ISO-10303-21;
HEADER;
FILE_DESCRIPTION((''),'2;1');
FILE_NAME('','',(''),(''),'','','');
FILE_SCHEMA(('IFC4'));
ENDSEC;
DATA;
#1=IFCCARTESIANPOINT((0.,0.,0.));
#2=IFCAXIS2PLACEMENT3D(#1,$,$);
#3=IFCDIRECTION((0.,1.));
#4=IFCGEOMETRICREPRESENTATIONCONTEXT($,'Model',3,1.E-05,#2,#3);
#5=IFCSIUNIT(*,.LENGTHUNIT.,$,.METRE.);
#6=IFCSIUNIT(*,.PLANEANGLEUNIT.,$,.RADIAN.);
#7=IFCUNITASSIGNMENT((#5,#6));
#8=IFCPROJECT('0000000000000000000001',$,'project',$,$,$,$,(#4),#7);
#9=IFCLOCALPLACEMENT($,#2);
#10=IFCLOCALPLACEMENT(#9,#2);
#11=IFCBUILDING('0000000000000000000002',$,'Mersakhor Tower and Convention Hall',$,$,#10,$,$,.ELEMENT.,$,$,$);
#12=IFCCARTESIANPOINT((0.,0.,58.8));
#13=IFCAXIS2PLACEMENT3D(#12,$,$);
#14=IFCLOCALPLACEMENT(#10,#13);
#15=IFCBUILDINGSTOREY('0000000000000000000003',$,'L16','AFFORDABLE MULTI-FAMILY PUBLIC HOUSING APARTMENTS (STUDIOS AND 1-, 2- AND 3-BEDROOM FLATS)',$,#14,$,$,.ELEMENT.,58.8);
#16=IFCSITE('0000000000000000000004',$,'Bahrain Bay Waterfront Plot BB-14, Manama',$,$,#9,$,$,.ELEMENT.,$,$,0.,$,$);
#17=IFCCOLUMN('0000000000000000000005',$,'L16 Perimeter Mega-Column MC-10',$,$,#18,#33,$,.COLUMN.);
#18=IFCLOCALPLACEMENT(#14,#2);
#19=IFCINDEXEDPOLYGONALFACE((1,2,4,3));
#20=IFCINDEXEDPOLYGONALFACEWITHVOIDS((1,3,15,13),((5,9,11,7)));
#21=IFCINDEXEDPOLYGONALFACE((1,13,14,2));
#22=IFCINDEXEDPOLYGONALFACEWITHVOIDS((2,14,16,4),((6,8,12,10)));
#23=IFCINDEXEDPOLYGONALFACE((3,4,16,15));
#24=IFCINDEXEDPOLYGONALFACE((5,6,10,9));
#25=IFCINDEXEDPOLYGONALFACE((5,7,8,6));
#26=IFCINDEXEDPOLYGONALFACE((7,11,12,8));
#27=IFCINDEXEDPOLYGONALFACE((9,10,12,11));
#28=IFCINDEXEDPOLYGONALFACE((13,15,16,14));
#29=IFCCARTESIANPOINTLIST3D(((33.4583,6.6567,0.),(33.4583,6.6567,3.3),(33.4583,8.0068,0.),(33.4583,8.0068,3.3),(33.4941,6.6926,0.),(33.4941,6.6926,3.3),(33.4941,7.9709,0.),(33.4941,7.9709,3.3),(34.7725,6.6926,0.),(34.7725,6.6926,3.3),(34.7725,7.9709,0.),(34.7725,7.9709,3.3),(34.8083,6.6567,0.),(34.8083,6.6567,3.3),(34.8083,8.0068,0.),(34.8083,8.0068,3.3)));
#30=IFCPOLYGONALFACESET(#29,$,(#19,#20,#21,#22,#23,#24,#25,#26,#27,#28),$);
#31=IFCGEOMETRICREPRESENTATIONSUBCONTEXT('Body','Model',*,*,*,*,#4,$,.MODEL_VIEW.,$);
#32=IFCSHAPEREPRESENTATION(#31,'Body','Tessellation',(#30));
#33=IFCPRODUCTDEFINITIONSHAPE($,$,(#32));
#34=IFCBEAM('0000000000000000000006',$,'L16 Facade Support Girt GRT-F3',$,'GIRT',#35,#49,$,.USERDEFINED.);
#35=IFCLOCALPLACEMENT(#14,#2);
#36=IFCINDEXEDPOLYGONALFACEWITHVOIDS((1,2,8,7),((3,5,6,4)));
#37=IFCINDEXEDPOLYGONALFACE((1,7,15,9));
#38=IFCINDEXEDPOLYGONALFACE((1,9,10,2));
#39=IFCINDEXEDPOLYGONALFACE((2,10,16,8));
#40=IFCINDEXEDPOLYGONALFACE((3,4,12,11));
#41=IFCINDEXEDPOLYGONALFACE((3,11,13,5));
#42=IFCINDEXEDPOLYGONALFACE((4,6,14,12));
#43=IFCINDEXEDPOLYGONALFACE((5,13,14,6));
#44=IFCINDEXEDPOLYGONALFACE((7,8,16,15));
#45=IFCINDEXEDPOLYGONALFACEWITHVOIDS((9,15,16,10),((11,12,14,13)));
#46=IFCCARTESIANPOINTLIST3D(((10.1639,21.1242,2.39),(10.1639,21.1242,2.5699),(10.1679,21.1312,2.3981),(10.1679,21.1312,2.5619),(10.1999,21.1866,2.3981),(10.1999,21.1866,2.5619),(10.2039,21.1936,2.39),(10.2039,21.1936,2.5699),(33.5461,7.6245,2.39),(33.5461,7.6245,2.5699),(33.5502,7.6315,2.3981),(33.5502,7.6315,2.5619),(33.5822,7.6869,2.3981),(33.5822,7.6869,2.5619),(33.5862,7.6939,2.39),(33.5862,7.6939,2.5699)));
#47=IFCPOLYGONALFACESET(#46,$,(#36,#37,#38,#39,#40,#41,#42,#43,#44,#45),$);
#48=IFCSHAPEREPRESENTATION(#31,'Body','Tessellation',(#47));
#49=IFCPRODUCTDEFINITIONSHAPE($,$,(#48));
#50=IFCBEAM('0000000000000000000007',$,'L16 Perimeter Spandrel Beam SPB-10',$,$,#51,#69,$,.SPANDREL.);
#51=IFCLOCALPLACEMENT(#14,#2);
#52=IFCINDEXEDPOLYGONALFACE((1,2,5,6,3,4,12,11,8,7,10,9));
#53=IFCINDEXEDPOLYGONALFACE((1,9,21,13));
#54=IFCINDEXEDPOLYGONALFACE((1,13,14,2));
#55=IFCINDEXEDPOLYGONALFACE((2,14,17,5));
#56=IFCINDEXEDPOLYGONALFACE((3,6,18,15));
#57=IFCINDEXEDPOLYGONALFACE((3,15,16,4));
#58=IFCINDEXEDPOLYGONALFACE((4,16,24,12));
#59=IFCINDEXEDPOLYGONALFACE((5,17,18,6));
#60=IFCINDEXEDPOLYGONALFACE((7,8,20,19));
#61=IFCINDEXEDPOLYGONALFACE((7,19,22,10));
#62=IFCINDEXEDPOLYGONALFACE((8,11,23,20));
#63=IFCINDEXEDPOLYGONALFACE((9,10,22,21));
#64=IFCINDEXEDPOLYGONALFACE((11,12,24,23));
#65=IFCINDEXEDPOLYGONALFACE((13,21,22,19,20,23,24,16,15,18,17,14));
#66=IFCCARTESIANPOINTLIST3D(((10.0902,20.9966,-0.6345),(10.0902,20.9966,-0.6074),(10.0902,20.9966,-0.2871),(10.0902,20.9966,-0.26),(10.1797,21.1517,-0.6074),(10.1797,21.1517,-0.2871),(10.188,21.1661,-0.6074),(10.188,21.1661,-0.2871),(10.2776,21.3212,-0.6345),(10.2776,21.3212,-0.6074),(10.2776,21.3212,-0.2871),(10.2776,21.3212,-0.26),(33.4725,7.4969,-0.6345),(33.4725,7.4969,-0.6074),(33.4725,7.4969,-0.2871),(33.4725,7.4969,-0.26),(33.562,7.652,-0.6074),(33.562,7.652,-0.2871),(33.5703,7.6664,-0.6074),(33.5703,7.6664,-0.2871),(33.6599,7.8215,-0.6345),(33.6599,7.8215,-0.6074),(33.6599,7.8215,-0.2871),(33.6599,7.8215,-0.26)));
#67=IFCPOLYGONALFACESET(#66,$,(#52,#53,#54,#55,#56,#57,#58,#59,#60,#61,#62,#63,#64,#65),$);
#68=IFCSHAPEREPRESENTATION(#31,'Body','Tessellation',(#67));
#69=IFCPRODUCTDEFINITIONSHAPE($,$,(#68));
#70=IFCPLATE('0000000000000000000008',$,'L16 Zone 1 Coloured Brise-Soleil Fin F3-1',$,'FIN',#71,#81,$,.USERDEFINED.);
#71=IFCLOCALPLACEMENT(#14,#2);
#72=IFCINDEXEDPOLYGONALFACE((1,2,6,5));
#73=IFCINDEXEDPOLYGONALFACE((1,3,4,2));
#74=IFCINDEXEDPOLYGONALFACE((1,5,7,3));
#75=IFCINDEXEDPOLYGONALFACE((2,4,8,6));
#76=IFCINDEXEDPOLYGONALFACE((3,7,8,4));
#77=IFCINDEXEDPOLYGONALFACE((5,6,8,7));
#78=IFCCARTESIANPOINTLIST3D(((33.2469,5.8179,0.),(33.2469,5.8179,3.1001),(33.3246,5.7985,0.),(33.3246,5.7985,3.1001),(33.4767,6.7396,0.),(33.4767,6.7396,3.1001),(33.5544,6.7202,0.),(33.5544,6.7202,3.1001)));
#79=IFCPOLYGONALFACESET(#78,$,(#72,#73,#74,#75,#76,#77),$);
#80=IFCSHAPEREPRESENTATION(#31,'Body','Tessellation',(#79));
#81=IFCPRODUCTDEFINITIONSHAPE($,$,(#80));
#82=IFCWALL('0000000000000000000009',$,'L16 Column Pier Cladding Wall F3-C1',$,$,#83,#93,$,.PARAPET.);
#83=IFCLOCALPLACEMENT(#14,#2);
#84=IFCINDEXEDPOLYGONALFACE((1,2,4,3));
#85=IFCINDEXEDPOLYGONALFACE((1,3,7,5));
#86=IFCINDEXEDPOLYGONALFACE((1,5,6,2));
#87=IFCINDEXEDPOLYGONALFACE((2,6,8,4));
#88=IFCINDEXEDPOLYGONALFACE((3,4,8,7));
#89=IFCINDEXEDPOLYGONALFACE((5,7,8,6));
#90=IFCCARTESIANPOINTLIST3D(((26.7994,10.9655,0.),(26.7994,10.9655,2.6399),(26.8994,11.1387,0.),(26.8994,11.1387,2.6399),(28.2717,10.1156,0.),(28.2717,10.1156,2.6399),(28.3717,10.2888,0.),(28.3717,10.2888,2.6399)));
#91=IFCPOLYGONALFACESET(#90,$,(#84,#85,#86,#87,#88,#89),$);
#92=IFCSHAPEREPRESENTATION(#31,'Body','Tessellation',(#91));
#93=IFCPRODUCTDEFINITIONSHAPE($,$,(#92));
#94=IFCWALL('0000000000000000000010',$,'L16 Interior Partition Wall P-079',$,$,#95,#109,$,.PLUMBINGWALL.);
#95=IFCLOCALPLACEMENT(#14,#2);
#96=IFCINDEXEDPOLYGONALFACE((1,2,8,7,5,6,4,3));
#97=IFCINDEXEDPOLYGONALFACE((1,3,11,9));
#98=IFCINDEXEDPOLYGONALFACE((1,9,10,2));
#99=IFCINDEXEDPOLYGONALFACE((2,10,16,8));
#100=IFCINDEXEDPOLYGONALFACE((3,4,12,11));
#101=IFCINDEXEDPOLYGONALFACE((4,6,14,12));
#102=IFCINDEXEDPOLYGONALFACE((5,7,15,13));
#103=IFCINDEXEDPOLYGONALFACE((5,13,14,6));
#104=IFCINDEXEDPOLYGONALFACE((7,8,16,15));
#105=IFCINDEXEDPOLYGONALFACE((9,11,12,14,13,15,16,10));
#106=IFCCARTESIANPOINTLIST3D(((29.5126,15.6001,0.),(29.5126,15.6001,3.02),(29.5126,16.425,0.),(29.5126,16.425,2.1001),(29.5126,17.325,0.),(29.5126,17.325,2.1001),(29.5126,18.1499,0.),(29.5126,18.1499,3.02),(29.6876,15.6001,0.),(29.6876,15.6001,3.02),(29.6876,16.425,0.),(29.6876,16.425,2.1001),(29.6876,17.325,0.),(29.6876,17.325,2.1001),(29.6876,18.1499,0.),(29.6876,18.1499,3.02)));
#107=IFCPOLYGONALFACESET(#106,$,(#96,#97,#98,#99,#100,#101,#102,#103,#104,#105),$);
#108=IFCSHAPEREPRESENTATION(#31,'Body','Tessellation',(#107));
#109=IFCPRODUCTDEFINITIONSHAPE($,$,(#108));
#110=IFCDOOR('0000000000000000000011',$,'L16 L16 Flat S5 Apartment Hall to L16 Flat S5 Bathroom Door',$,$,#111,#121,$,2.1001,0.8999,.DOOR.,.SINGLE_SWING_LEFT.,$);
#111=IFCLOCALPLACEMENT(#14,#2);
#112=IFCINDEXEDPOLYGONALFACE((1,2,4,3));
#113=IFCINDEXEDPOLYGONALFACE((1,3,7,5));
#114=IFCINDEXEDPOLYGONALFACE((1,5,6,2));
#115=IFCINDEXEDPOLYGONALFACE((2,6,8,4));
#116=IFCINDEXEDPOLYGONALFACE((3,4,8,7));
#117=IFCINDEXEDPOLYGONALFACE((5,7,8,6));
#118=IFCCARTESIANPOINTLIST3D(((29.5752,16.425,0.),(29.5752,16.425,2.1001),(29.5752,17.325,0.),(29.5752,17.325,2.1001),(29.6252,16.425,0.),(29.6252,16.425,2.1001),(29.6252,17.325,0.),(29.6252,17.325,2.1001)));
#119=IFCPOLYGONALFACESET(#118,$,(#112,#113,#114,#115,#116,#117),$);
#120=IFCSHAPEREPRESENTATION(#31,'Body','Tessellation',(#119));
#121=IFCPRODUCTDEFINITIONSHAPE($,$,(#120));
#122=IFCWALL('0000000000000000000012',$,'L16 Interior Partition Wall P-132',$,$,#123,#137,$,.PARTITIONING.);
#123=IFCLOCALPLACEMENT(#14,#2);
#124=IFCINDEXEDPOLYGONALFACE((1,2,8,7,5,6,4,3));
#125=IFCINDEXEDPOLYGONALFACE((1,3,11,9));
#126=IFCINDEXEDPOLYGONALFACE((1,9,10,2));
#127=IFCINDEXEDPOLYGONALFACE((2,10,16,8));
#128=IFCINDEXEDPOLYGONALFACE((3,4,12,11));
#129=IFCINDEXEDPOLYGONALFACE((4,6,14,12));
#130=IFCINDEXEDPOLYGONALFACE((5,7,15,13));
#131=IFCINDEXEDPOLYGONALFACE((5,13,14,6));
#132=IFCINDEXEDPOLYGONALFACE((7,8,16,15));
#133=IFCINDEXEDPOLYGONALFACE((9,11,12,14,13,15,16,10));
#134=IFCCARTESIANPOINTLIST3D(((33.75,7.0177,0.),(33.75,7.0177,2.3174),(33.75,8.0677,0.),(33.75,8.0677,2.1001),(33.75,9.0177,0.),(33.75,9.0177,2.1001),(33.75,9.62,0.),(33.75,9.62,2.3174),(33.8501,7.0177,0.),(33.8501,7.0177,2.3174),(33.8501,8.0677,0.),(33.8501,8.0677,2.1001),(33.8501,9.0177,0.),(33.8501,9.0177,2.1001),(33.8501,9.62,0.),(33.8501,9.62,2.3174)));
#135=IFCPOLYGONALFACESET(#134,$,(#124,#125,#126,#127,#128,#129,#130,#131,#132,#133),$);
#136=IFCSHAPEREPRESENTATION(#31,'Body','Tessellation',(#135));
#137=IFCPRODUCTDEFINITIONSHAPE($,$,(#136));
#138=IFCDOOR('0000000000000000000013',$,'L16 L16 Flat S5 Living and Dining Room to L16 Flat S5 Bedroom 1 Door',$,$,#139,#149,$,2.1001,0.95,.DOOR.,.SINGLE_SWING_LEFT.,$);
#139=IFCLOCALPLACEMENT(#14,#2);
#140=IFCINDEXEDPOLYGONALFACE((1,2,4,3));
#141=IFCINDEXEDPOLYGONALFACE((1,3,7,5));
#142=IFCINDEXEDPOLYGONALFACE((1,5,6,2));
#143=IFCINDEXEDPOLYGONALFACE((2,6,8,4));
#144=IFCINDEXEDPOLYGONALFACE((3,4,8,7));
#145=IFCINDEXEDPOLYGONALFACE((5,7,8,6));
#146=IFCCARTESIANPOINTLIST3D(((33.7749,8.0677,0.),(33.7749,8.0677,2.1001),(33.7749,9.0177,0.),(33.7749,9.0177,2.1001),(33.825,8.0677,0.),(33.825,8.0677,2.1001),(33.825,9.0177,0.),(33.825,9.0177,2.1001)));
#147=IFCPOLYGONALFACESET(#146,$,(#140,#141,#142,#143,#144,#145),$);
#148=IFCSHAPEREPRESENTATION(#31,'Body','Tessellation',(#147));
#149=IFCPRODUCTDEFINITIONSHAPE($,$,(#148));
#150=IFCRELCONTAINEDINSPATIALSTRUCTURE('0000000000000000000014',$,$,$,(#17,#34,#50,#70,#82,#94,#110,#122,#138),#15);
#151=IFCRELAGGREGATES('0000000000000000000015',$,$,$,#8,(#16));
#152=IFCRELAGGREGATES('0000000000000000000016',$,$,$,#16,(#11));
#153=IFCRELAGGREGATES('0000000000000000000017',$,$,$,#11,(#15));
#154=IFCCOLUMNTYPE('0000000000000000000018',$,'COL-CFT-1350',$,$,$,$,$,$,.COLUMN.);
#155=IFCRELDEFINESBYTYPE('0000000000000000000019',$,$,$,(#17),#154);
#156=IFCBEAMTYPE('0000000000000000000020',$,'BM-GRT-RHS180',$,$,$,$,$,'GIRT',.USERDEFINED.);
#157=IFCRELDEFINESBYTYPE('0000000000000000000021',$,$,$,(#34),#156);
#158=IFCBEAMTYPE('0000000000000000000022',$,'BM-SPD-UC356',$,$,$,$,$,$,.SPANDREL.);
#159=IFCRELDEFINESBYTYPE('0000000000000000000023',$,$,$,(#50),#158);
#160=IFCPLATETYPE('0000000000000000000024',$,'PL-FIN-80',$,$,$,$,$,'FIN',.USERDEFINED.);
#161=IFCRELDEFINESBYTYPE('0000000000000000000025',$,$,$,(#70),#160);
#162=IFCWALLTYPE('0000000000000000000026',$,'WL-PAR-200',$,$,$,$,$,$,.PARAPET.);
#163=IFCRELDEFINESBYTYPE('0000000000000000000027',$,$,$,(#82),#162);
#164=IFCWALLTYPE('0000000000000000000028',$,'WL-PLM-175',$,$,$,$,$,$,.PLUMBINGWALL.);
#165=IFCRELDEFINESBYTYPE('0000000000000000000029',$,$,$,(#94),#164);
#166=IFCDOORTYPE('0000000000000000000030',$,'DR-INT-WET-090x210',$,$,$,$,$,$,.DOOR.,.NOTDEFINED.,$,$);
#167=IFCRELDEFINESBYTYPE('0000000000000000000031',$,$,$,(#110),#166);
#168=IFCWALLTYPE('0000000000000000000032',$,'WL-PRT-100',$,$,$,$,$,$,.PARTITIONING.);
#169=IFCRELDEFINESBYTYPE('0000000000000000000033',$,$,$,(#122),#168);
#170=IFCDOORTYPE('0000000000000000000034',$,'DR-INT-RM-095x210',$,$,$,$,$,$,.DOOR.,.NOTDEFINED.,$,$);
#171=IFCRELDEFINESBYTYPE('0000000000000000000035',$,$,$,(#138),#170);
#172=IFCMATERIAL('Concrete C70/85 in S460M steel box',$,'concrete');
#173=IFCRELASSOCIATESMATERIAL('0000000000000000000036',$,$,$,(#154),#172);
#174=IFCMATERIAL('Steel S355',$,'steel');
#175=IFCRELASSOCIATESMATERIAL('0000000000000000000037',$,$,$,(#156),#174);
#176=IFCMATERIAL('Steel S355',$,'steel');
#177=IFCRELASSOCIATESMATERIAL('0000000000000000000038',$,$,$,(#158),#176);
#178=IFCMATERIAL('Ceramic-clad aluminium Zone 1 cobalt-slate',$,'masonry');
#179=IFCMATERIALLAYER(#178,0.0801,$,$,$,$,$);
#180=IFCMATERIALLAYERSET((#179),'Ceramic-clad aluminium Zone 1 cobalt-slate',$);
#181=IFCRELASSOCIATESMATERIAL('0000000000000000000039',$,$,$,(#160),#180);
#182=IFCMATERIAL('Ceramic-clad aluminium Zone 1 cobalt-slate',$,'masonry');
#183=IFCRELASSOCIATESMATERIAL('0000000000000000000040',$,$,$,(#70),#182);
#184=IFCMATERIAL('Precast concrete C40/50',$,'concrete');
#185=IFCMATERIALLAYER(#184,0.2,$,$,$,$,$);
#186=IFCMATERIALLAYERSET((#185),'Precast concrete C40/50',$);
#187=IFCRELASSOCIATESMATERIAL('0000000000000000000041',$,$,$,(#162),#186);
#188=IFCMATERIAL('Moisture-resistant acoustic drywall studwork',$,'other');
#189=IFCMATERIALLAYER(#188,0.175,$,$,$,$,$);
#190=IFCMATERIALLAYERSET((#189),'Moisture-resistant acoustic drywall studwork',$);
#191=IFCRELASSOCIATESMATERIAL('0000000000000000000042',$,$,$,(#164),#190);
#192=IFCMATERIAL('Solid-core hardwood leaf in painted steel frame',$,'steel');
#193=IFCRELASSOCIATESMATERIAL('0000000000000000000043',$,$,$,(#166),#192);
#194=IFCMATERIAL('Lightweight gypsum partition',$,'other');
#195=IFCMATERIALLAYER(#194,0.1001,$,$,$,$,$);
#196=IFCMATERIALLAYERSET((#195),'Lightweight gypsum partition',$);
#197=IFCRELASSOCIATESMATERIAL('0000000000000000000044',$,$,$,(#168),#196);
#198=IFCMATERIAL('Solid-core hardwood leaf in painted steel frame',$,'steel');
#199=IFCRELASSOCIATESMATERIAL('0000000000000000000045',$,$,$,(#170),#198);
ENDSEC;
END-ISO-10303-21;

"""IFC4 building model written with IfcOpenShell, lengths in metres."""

from ifc_helpers import new_model, si_unit, direction, frame, frame_2d, origin, origin_2d, place, context, subcontext, project, spatial, rectangle, hollow_rectangle, i_section, extrude, material, layer, layer_set, material_profile, profile_set, type_object, element, fill, save


model = new_model("IFC4")

# Units and contexts
model_context = context("Model", 3, precision=1e-05, world=origin(), true_north=direction((0.0, 1.0)))
body_context = subcontext(model_context, "Body", "Model", "MODEL_VIEW")
ifc_project = project(units=[si_unit("LENGTHUNIT", "METRE"), si_unit("PLANEANGLEUNIT", "RADIAN")], contexts=[model_context])

# Site, building, storey
site_placement = place(None, origin())
site = spatial("IfcSite", under=ifc_project, at=site_placement, Name="Bahrain Bay Waterfront Plot BB-14, Manama", CompositionType="ELEMENT", RefElevation=0.0)
building_placement = place(site_placement, origin())
building = spatial("IfcBuilding", under=site, at=building_placement, Name="Mersakhor Tower and Convention Hall", CompositionType="ELEMENT")
storey_placement = place(building_placement, frame((0.0, 0.0, 58.8)))
storey = spatial("IfcBuildingStorey", under=building, at=storey_placement, Name="L16", Description="AFFORDABLE MULTI-FAMILY PUBLIC HOUSING APARTMENTS (STUDIOS AND 1-, 2- AND 3-BEDROOM FLATS)", CompositionType="ELEMENT", Elevation=58.8)

# Column
ifc_material_1 = material(Name="Concrete C70/85 in S460M steel box", Category="concrete")
ifc_material_profile_1 = material_profile(ifc_material_1, hollow_rectangle(XDim=1.3501, YDim=1.3501, WallThickness=0.0359, at=origin_2d()), Name="SHS 1350x1350x36")
ifc_profile_set_1 = profile_set([ifc_material_profile_1], Name="Concrete C70/85 in S460M steel box")
column_type = type_object("IfcColumnType", Name="COL-CFT-1350", PredefinedType="COLUMN", material=ifc_profile_set_1)
column_placement = place(storey_placement, frame((34.1333, 7.3318, 0.0), z_axis=(0.0, 0.0, 1.0), x_axis=(1.0, 0.0, 0.0)))
element("IfcColumn", 1, at=column_placement, inside=storey, type_object=column_type, Name="L16 Perimeter Mega-Column MC-10", PredefinedType="COLUMN", context=body_context, shape_type="SweptSolid", body=[
    extrude(hollow_rectangle(XDim=1.3501, YDim=1.3501, WallThickness=0.0359, at=origin_2d()), origin(), (0.0, 0.0, 1.0), 3.3),
])

# Beams
ifc_material_2 = material(Name="Steel S355", Category="steel")
ifc_material_profile_2 = material_profile(ifc_material_2, hollow_rectangle(XDim=0.0801, YDim=0.1799, WallThickness=0.0081, at=origin_2d()), Name="RHS 180x80x8")
ifc_profile_set_2 = profile_set([ifc_material_profile_2], Name="Steel S355")
beam_type_1 = type_object("IfcBeamType", Name="BM-GRT-RHS180", ElementType="GIRT", PredefinedType="USERDEFINED", material=ifc_profile_set_2)
beam_1_placement = place(storey_placement, frame((33.5662, 7.6592, 2.48), z_axis=(-0.866026, 0.499999, 0.0), x_axis=(-0.499999, -0.866026, 0.0)))
element("IfcBeam", 2, at=beam_1_placement, inside=storey, type_object=beam_type_1, Name="L16 Facade Support Girt GRT-F3", ObjectType="GIRT", PredefinedType="USERDEFINED", context=body_context, shape_type="SweptSolid", body=[
    extrude(hollow_rectangle(XDim=0.0801, YDim=0.1799, WallThickness=0.0081, at=origin_2d()), origin(), (0.0, 0.0, 1.0), 26.9995),
])
ifc_material_3 = material(Name="Steel S355", Category="steel")
ifc_material_profile_3 = material_profile(ifc_material_3, i_section(OverallWidth=0.3748, OverallDepth=0.3745, WebThickness=0.0166, FlangeThickness=0.0271, at=origin_2d()), Name="UC 356x368x202")
ifc_profile_set_3 = profile_set([ifc_material_profile_3], Name="Steel S355")
beam_type_2 = type_object("IfcBeamType", Name="BM-SPD-UC356", PredefinedType="SPANDREL", material=ifc_profile_set_3)
beam_2_placement = place(storey_placement, frame((33.5662, 7.6592, -0.4473), z_axis=(-0.866026, 0.499999, 0.0), x_axis=(-0.499999, -0.866026, 0.0)))
element("IfcBeam", 3, at=beam_2_placement, inside=storey, type_object=beam_type_2, Name="L16 Perimeter Spandrel Beam SPB-10", PredefinedType="SPANDREL", context=body_context, shape_type="SweptSolid", body=[
    extrude(i_section(OverallWidth=0.3748, OverallDepth=0.3745, WebThickness=0.0166, FlangeThickness=0.0271, at=origin_2d()), origin(), (0.0, 0.0, 1.0), 26.9995),
])

# Plate
ifc_material_4 = material(Name="Ceramic-clad aluminium Zone 1 cobalt-slate", Category="masonry")
ifc_material_5 = material(Name="Ceramic-clad aluminium Zone 1 cobalt-slate", Category="masonry")
ifc_layer_1 = layer(ifc_material_5, 0.0801)
ifc_layer_set_1 = layer_set([ifc_layer_1], Name="Ceramic-clad aluminium Zone 1 cobalt-slate")
plate_type = type_object("IfcPlateType", Name="PL-FIN-80", ElementType="FIN", PredefinedType="USERDEFINED", material=ifc_layer_set_1)
plate_placement = place(storey_placement, frame((33.4006, 6.269, 0.0), z_axis=(0.0, 0.0, 1.0), x_axis=(-0.241922, -0.970296, 0.0)))
element("IfcPlate", 4, at=plate_placement, inside=storey, type_object=plate_type, material=ifc_material_4, Name="L16 Zone 1 Coloured Brise-Soleil Fin F3-1", ObjectType="FIN", PredefinedType="USERDEFINED", context=body_context, shape_type="SweptSolid", body=[
    extrude(rectangle(XDim=0.95, YDim=0.0801, at=origin_2d()), origin(), (0.0, 0.0, 1.0), 3.1001),
])

# Wall
ifc_material_6 = material(Name="Precast concrete C40/50", Category="concrete")
ifc_layer_2 = layer(ifc_material_6, 0.2)
ifc_layer_set_2 = layer_set([ifc_layer_2], Name="Precast concrete C40/50")
wall_type_1 = type_object("IfcWallType", Name="WL-PAR-200", PredefinedType="PARAPET", material=ifc_layer_set_2)
wall_1_placement = place(storey_placement, frame((28.3218, 10.2021, 0.0), z_axis=(0.0, 0.0, 1.0), x_axis=(-0.866052, 0.499955, 0.0)))
element("IfcWall", 5, at=wall_1_placement, inside=storey, type_object=wall_type_1, Name="L16 Column Pier Cladding Wall F3-C1", PredefinedType="PARAPET", context=body_context, shape_type="SweptSolid", body=[
    extrude(rectangle(XDim=1.7, YDim=0.2, at=frame_2d((0.8501, 0.0))), origin(), (0.0, 0.0, 1.0), 2.6399),
])

# Walls, openings, doors
ifc_material_7 = material(Name="Moisture-resistant acoustic drywall studwork", Category="other")
ifc_layer_3 = layer(ifc_material_7, 0.175)
ifc_layer_set_3 = layer_set([ifc_layer_3], Name="Moisture-resistant acoustic drywall studwork")
wall_type_2 = type_object("IfcWallType", Name="WL-PLM-175", PredefinedType="PLUMBINGWALL", material=ifc_layer_set_3)
wall_2_placement = place(storey_placement, frame((29.6001, 15.6001, 0.0), z_axis=(0.0, 0.0, 1.0), x_axis=(0.0, 1.0, 0.0)))
wall_2 = element("IfcWall", 6, at=wall_2_placement, inside=storey, type_object=wall_type_2, Name="L16 Interior Partition Wall P-079", PredefinedType="PLUMBINGWALL", context=body_context, shape_type="SweptSolid", body=[
    extrude(rectangle(XDim=2.5498, YDim=0.175, at=frame_2d((1.2749, 0.0))), origin(), (0.0, 0.0, 1.0), 3.02),
])
opening_1_placement = place(wall_2_placement, frame((0.825, 0.0, 0.0)))
opening_1 = element("IfcOpeningElement", 7, at=opening_1_placement, cuts=wall_2, PredefinedType="OPENING", context=body_context, shape_type="SweptSolid", body=[
    extrude(rectangle(XDim=0.8999, YDim=2.1001, at=frame_2d((0.45, 1.05))), frame((0.0, 0.0974, 0.0), z_axis=(0.0, -1.0, 0.0), x_axis=(1.0, 0.0, 0.0)), (0.0, 0.0, 1.0), 0.1951),
])
ifc_material_8 = material(Name="Solid-core hardwood leaf in painted steel frame", Category="steel")
door_type_1 = type_object("IfcDoorType", Name="DR-INT-WET-090x210", OperationType="NOTDEFINED", PredefinedType="DOOR", material=ifc_material_8)
door_1_placement = place(opening_1_placement, origin())
door_1 = element("IfcDoor", 8, at=door_1_placement, inside=storey, type_object=door_type_1, Name="L16 L16 Flat S5 Apartment Hall to L16 Flat S5 Bathroom Door", OperationType="SINGLE_SWING_LEFT", OverallHeight=2.1001, OverallWidth=0.8999, PredefinedType="DOOR", context=body_context, shape_type="SweptSolid", body=[
    extrude(rectangle(XDim=0.8999, YDim=2.1001, at=frame_2d((0.45, 1.05))), frame((0.0, 0.0249, 0.0), z_axis=(0.0, -1.0, 0.0), x_axis=(1.0, 0.0, 0.0)), (0.0, 0.0, 1.0), 0.05),
])
fill(opening_1, door_1)
ifc_material_9 = material(Name="Lightweight gypsum partition", Category="other")
ifc_layer_4 = layer(ifc_material_9, 0.1001)
ifc_layer_set_4 = layer_set([ifc_layer_4], Name="Lightweight gypsum partition")
wall_type_3 = type_object("IfcWallType", Name="WL-PRT-100", PredefinedType="PARTITIONING", material=ifc_layer_set_4)
wall_3_placement = place(storey_placement, frame((33.8, 9.6201, 0.0), z_axis=(0.0, 0.0, 1.0), x_axis=(0.0, -1.0, 0.0)))
wall_3 = element("IfcWall", 9, at=wall_3_placement, inside=storey, type_object=wall_type_3, Name="L16 Interior Partition Wall P-132", PredefinedType="PARTITIONING", context=body_context, shape_type="SweptSolid", body=[
    extrude(rectangle(XDim=2.6023, YDim=0.1001, at=frame_2d((1.3013, 0.0))), origin(), (0.0, 0.0, 1.0), 2.3174),
])
opening_2_placement = place(wall_3_placement, frame((0.6023, 0.0, 0.0)))
opening_2 = element("IfcOpeningElement", 10, at=opening_2_placement, cuts=wall_3, PredefinedType="OPENING", context=body_context, shape_type="SweptSolid", body=[
    extrude(rectangle(XDim=0.95, YDim=2.1001, at=frame_2d((0.4751, 1.05))), frame((0.0, 0.0601, 0.0), z_axis=(0.0, -1.0, 0.0), x_axis=(1.0, 0.0, 0.0)), (0.0, 0.0, 1.0), 0.1201),
])
ifc_material_10 = material(Name="Solid-core hardwood leaf in painted steel frame", Category="steel")
door_type_2 = type_object("IfcDoorType", Name="DR-INT-RM-095x210", OperationType="NOTDEFINED", PredefinedType="DOOR", material=ifc_material_10)
door_2_placement = place(opening_2_placement, origin())
door_2 = element("IfcDoor", 11, at=door_2_placement, inside=storey, type_object=door_type_2, Name="L16 L16 Flat S5 Living and Dining Room to L16 Flat S5 Bedroom 1 Door", OperationType="SINGLE_SWING_LEFT", OverallHeight=2.1001, OverallWidth=0.95, PredefinedType="DOOR", context=body_context, shape_type="SweptSolid", body=[
    extrude(rectangle(XDim=0.95, YDim=2.1001, at=frame_2d((0.4751, 1.05))), frame((0.0, 0.0249, 0.0), z_axis=(0.0, -1.0, 0.0), x_axis=(1.0, 0.0, 0.0)), (0.0, 0.0, 1.0), 0.05),
])
fill(opening_2, door_2)

save(model, "model.ifc")
